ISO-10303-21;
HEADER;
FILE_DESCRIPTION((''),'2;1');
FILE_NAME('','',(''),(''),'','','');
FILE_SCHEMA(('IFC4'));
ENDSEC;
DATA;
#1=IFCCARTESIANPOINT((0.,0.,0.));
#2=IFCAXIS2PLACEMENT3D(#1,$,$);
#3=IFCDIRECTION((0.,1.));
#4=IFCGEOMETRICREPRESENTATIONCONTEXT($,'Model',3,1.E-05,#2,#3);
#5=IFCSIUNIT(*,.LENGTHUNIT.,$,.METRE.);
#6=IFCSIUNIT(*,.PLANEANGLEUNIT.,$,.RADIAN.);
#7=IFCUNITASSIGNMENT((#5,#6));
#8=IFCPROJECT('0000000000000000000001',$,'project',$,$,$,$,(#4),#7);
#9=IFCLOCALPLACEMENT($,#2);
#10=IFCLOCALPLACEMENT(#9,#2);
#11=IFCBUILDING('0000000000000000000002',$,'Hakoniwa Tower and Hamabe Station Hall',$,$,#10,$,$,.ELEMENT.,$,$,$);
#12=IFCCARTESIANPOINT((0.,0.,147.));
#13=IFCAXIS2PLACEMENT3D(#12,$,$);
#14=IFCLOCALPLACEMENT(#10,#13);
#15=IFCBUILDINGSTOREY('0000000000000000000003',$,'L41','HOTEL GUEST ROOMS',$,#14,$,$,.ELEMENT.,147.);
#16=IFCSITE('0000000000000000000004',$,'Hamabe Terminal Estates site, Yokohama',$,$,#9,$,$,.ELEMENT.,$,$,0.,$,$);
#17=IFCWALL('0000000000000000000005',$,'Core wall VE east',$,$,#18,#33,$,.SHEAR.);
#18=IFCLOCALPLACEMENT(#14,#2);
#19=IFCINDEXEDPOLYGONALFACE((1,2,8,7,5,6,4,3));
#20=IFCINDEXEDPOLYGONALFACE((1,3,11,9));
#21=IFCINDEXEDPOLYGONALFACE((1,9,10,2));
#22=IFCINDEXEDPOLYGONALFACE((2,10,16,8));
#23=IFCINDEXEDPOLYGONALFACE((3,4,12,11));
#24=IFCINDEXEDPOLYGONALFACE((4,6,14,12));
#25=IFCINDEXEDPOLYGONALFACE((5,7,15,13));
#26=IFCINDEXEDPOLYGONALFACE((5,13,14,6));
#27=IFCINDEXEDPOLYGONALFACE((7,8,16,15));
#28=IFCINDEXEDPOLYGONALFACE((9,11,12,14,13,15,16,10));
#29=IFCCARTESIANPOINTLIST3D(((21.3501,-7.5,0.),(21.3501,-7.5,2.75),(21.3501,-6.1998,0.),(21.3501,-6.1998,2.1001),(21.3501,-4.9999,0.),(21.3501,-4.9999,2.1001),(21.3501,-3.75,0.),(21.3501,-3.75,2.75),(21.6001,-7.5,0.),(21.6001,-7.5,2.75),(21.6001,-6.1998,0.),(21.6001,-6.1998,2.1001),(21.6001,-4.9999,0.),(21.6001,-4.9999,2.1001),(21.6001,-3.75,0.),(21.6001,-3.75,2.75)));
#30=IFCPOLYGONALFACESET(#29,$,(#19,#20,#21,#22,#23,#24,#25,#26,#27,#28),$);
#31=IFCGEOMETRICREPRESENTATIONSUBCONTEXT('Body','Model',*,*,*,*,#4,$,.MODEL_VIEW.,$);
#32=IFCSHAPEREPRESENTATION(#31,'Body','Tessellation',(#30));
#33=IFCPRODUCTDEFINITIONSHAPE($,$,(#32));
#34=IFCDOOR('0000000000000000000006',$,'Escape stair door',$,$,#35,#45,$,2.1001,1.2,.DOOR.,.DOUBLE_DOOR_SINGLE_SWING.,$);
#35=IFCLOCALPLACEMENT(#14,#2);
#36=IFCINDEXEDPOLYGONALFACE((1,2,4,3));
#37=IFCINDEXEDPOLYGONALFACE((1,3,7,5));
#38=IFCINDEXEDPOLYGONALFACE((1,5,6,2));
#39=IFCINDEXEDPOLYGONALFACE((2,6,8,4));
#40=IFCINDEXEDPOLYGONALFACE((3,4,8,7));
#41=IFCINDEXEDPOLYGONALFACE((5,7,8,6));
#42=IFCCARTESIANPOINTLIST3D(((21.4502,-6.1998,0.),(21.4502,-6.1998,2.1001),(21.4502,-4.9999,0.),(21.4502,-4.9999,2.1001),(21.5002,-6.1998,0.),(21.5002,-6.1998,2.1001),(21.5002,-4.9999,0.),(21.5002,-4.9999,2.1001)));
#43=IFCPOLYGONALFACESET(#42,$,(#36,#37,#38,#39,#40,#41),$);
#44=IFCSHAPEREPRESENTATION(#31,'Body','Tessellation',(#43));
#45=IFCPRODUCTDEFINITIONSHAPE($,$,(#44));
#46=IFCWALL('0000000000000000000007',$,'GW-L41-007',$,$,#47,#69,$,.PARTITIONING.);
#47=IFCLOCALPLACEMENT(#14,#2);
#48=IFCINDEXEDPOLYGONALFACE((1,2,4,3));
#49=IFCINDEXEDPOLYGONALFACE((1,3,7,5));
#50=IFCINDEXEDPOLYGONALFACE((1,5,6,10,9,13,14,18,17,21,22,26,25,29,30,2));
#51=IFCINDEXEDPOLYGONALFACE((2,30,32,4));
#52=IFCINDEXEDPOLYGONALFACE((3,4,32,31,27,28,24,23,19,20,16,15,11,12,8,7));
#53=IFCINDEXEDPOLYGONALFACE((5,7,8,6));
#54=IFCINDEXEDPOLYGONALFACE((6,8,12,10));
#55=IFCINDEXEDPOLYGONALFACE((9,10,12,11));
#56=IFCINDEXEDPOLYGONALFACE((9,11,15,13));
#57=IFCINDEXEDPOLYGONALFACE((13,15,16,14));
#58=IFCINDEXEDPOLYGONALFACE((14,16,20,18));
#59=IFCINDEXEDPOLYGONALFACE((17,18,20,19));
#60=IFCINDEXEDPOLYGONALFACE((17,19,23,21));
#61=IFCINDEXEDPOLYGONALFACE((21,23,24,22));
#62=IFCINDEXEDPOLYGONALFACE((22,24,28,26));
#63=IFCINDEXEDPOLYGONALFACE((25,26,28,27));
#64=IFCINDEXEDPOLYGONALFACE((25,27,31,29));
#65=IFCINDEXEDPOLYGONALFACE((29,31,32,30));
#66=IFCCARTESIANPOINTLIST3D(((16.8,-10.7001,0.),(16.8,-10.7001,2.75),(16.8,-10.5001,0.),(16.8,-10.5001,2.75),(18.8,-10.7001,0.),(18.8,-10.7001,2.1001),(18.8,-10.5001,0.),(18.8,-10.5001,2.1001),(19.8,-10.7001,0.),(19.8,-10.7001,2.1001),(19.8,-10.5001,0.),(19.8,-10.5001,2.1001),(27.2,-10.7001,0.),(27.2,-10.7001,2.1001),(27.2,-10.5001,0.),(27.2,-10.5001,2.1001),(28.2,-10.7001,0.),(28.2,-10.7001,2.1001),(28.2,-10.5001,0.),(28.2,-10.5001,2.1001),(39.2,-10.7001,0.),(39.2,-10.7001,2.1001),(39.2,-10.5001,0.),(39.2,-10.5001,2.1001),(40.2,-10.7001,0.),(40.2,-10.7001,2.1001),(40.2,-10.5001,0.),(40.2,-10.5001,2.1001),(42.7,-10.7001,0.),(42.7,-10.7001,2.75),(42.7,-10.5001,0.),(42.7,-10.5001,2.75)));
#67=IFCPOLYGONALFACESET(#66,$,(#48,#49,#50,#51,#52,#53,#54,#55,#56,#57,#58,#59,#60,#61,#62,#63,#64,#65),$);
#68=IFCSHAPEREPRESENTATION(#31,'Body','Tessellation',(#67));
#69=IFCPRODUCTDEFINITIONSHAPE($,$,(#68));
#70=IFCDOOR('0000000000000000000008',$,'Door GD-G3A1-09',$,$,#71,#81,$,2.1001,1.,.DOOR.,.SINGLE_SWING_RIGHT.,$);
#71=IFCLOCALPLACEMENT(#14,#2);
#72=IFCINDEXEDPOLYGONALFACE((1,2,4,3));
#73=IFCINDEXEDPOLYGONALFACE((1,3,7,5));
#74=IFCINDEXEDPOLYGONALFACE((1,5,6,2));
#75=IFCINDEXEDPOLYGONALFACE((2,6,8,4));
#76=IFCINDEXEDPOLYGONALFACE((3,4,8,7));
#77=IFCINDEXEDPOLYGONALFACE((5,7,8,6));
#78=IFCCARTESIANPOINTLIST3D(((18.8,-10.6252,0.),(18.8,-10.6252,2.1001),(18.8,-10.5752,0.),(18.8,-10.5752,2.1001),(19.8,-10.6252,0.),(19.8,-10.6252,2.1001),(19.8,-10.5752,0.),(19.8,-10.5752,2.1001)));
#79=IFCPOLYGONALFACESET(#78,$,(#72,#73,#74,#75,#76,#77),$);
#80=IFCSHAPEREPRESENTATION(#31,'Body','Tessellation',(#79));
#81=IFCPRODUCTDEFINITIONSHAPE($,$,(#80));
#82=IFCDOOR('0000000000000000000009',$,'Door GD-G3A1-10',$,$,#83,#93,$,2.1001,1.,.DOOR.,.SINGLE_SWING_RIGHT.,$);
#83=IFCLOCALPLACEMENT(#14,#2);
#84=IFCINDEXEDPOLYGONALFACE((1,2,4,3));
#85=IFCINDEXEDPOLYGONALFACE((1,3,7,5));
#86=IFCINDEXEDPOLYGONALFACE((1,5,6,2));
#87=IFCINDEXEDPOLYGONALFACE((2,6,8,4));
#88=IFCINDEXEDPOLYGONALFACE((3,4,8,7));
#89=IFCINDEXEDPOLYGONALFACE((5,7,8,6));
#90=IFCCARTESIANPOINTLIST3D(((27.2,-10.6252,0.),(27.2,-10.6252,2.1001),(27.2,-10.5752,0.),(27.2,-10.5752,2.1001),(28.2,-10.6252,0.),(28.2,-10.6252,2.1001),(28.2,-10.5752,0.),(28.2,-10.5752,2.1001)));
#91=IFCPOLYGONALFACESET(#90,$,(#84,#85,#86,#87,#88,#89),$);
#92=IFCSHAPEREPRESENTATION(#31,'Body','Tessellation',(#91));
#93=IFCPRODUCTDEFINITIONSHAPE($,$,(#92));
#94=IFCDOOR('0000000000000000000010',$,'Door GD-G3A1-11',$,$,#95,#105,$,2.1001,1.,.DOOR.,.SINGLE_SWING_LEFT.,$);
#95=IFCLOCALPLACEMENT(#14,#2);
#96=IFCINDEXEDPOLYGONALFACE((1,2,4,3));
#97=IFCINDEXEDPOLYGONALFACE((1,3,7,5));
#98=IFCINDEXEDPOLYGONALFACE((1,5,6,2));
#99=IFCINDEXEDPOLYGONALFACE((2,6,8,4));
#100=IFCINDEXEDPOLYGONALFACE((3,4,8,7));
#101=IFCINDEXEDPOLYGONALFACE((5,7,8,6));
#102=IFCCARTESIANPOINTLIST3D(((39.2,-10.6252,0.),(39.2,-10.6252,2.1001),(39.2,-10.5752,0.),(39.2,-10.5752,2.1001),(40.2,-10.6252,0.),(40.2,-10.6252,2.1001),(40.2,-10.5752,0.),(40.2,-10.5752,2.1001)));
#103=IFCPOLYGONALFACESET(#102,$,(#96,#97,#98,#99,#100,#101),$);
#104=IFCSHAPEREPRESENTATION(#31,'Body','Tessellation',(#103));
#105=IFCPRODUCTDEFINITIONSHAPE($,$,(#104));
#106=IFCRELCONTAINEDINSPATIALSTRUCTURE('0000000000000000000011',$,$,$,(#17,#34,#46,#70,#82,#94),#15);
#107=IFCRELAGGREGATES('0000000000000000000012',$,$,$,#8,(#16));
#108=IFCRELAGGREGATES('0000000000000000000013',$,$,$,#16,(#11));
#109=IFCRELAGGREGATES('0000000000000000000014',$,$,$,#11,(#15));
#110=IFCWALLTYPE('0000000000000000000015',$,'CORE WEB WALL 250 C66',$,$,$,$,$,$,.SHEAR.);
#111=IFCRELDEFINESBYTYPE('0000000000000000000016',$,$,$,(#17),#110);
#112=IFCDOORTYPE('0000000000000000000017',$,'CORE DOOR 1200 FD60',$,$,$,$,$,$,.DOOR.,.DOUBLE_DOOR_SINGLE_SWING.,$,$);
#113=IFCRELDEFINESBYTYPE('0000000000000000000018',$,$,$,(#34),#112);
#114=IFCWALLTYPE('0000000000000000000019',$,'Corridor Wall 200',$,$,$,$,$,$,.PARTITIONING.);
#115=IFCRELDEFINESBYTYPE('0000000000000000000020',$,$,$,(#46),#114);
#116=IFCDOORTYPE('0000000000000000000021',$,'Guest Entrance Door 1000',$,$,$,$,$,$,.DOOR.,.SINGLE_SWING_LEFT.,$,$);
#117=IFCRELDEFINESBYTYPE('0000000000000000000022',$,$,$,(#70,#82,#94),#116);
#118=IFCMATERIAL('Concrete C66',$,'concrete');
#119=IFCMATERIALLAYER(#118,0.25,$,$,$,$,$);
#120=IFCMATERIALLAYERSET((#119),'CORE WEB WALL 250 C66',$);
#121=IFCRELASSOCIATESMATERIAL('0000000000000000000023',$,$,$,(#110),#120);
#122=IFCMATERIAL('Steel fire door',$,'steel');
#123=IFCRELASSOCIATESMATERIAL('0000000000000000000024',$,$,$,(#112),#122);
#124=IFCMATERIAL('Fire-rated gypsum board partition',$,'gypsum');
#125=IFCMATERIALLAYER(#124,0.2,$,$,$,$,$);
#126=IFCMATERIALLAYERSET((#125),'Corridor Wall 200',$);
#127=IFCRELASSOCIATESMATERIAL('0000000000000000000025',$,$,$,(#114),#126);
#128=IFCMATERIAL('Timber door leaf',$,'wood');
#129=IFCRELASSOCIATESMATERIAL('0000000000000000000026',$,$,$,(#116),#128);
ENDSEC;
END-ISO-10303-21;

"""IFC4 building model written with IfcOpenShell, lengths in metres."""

from ifc_helpers import new_model, si_unit, direction, frame, frame_2d, origin, place, context, subcontext, project, spatial, rectangle, extrude, material, layer, layer_set, type_object, element, fill, save


model = new_model("IFC4")

# Units and contexts
model_context = context("Model", 3, precision=1e-05, world=origin(), true_north=direction((0.0, 1.0)))
body_context = subcontext(model_context, "Body", "Model", "MODEL_VIEW")
ifc_project = project(units=[si_unit("LENGTHUNIT", "METRE"), si_unit("PLANEANGLEUNIT", "RADIAN")], contexts=[model_context])

# Site, building, storey
site_placement = place(None, origin())
site = spatial("IfcSite", under=ifc_project, at=site_placement, Name="Hamabe Terminal Estates site, Yokohama", CompositionType="ELEMENT", RefElevation=0.0)
building_placement = place(site_placement, origin())
building = spatial("IfcBuilding", under=site, at=building_placement, Name="Hakoniwa Tower and Hamabe Station Hall", CompositionType="ELEMENT")
storey_placement = place(building_placement, frame((0.0, 0.0, 147.0)))
storey = spatial("IfcBuildingStorey", under=building, at=storey_placement, Name="L41", Description="HOTEL GUEST ROOMS", CompositionType="ELEMENT", Elevation=147.0)

# Shared definitions
ifc_material_1 = material(Name="Concrete C66", Category="concrete")
ifc_layer_1 = layer(ifc_material_1, 0.25)
ifc_layer_set_1 = layer_set([ifc_layer_1], Name="CORE WEB WALL 250 C66")
wall_type_1 = type_object("IfcWallType", Name="CORE WEB WALL 250 C66", PredefinedType="SHEAR", material=ifc_layer_set_1)

# Wall, opening, door
wall_1_placement = place(storey_placement, frame((21.4751, -7.5, 0.0), z_axis=(0.0, 0.0, 1.0), x_axis=(0.0, 1.0, 0.0)))
wall_1 = element("IfcWall", 1, at=wall_1_placement, inside=storey, type_object=wall_type_1, Name="Core wall VE east", PredefinedType="SHEAR", context=body_context, shape_type="SweptSolid", body=[
    extrude(rectangle(XDim=3.75, YDim=0.25, at=frame_2d((1.875, 0.0))), origin(), (0.0, 0.0, 1.0), 2.75),
])
opening_1_placement = place(wall_1_placement, frame((1.3, 0.0, 0.0)))
opening_1 = element("IfcOpeningElement", 2, at=opening_1_placement, cuts=wall_1, PredefinedType="OPENING", context=body_context, shape_type="SweptSolid", body=[
    extrude(rectangle(XDim=1.2, YDim=2.1001, at=frame_2d((0.6001, 1.05))), frame((0.0, 0.135, 0.0), z_axis=(0.0, -1.0, 0.0), x_axis=(1.0, 0.0, 0.0)), (0.0, 0.0, 1.0), 0.27),
])
ifc_material_2 = material(Name="Steel fire door", Category="steel")
door_type_1 = type_object("IfcDoorType", Name="CORE DOOR 1200 FD60", OperationType="DOUBLE_DOOR_SINGLE_SWING", PredefinedType="DOOR", material=ifc_material_2)
door_1_placement = place(opening_1_placement, origin())
door_1 = element("IfcDoor", 3, at=door_1_placement, inside=storey, type_object=door_type_1, Name="Escape stair door", OperationType="DOUBLE_DOOR_SINGLE_SWING", OverallHeight=2.1001, OverallWidth=1.2, PredefinedType="DOOR", context=body_context, shape_type="SweptSolid", body=[
    extrude(rectangle(XDim=1.2, YDim=2.1001, at=frame_2d((0.6001, 1.05))), frame((0.0, 0.0249, 0.0), z_axis=(0.0, -1.0, 0.0), x_axis=(1.0, 0.0, 0.0)), (0.0, 0.0, 1.0), 0.05),
])
fill(opening_1, door_1)

# Wall, openings, doors
ifc_material_3 = material(Name="Fire-rated gypsum board partition", Category="gypsum")
ifc_layer_2 = layer(ifc_material_3, 0.2)
ifc_layer_set_2 = layer_set([ifc_layer_2], Name="Corridor Wall 200")
wall_type_2 = type_object("IfcWallType", Name="Corridor Wall 200", PredefinedType="PARTITIONING", material=ifc_layer_set_2)
wall_2_placement = place(storey_placement, frame((16.8, -10.6001, 0.0), z_axis=(0.0, 0.0, 1.0), x_axis=(1.0, 0.0, 0.0)))
wall_2 = element("IfcWall", 4, at=wall_2_placement, inside=storey, type_object=wall_type_2, Name="GW-L41-007", PredefinedType="PARTITIONING", context=body_context, shape_type="SweptSolid", body=[
    extrude(rectangle(XDim=25.8999, YDim=0.2, at=frame_2d((12.95, 0.0))), origin(), (0.0, 0.0, 1.0), 2.75),
])
opening_2_placement = place(wall_2_placement, frame((2.0, 0.0, 0.0)))
opening_2 = element("IfcOpeningElement", 5, at=opening_2_placement, cuts=wall_2, PredefinedType="OPENING", context=body_context, shape_type="SweptSolid", body=[
    extrude(rectangle(XDim=1.0, YDim=2.1001, at=frame_2d((0.5, 1.05))), frame((0.0, 0.1099, 0.0), z_axis=(0.0, -1.0, 0.0), x_axis=(1.0, 0.0, 0.0)), (0.0, 0.0, 1.0), 0.22),
])
opening_3_placement = place(wall_2_placement, frame((10.3999, 0.0, 0.0)))
opening_3 = element("IfcOpeningElement", 6, at=opening_3_placement, cuts=wall_2, PredefinedType="OPENING", context=body_context, shape_type="SweptSolid", body=[
    extrude(rectangle(XDim=1.0, YDim=2.1001, at=frame_2d((0.5, 1.05))), frame((0.0, 0.1099, 0.0), z_axis=(0.0, -1.0, 0.0), x_axis=(1.0, 0.0, 0.0)), (0.0, 0.0, 1.0), 0.22),
])
opening_4_placement = place(wall_2_placement, frame((22.3999, 0.0, 0.0)))
opening_4 = element("IfcOpeningElement", 7, at=opening_4_placement, cuts=wall_2, PredefinedType="OPENING", context=body_context, shape_type="SweptSolid", body=[
    extrude(rectangle(XDim=1.0, YDim=2.1001, at=frame_2d((0.5, 1.05))), frame((0.0, 0.1099, 0.0), z_axis=(0.0, -1.0, 0.0), x_axis=(1.0, 0.0, 0.0)), (0.0, 0.0, 1.0), 0.22),
])
ifc_material_4 = material(Name="Timber door leaf", Category="wood")
door_type_2 = type_object("IfcDoorType", Name="Guest Entrance Door 1000", OperationType="SINGLE_SWING_LEFT", PredefinedType="DOOR", material=ifc_material_4)
door_2_placement = place(opening_2_placement, origin())
door_2 = element("IfcDoor", 8, at=door_2_placement, inside=storey, type_object=door_type_2, Name="Door GD-G3A1-09", OperationType="SINGLE_SWING_RIGHT", OverallHeight=2.1001, OverallWidth=1.0, PredefinedType="DOOR", context=body_context, shape_type="SweptSolid", body=[
    extrude(rectangle(XDim=1.0, YDim=2.1001, at=frame_2d((0.5, 1.05))), frame((0.0, 0.0249, 0.0), z_axis=(0.0, -1.0, 0.0), x_axis=(1.0, 0.0, 0.0)), (0.0, 0.0, 1.0), 0.05),
])
fill(opening_2, door_2)
door_3_placement = place(opening_3_placement, origin())
door_3 = element("IfcDoor", 9, at=door_3_placement, inside=storey, type_object=door_type_2, Name="Door GD-G3A1-10", OperationType="SINGLE_SWING_RIGHT", OverallHeight=2.1001, OverallWidth=1.0, PredefinedType="DOOR", context=body_context, shape_type="SweptSolid", body=[
    extrude(rectangle(XDim=1.0, YDim=2.1001, at=frame_2d((0.5, 1.05))), frame((0.0, 0.0249, 0.0), z_axis=(0.0, -1.0, 0.0), x_axis=(1.0, 0.0, 0.0)), (0.0, 0.0, 1.0), 0.05),
])
fill(opening_3, door_3)
door_4_placement = place(opening_4_placement, origin())
door_4 = element("IfcDoor", 10, at=door_4_placement, inside=storey, type_object=door_type_2, Name="Door GD-G3A1-11", OperationType="SINGLE_SWING_LEFT", OverallHeight=2.1001, OverallWidth=1.0, PredefinedType="DOOR", context=body_context, shape_type="SweptSolid", body=[
    extrude(rectangle(XDim=1.0, YDim=2.1001, at=frame_2d((0.5, 1.05))), frame((0.0, 0.0249, 0.0), z_axis=(0.0, -1.0, 0.0), x_axis=(1.0, 0.0, 0.0)), (0.0, 0.0, 1.0), 0.05),
])
fill(opening_4, door_4)

save(model, "model.ifc")
